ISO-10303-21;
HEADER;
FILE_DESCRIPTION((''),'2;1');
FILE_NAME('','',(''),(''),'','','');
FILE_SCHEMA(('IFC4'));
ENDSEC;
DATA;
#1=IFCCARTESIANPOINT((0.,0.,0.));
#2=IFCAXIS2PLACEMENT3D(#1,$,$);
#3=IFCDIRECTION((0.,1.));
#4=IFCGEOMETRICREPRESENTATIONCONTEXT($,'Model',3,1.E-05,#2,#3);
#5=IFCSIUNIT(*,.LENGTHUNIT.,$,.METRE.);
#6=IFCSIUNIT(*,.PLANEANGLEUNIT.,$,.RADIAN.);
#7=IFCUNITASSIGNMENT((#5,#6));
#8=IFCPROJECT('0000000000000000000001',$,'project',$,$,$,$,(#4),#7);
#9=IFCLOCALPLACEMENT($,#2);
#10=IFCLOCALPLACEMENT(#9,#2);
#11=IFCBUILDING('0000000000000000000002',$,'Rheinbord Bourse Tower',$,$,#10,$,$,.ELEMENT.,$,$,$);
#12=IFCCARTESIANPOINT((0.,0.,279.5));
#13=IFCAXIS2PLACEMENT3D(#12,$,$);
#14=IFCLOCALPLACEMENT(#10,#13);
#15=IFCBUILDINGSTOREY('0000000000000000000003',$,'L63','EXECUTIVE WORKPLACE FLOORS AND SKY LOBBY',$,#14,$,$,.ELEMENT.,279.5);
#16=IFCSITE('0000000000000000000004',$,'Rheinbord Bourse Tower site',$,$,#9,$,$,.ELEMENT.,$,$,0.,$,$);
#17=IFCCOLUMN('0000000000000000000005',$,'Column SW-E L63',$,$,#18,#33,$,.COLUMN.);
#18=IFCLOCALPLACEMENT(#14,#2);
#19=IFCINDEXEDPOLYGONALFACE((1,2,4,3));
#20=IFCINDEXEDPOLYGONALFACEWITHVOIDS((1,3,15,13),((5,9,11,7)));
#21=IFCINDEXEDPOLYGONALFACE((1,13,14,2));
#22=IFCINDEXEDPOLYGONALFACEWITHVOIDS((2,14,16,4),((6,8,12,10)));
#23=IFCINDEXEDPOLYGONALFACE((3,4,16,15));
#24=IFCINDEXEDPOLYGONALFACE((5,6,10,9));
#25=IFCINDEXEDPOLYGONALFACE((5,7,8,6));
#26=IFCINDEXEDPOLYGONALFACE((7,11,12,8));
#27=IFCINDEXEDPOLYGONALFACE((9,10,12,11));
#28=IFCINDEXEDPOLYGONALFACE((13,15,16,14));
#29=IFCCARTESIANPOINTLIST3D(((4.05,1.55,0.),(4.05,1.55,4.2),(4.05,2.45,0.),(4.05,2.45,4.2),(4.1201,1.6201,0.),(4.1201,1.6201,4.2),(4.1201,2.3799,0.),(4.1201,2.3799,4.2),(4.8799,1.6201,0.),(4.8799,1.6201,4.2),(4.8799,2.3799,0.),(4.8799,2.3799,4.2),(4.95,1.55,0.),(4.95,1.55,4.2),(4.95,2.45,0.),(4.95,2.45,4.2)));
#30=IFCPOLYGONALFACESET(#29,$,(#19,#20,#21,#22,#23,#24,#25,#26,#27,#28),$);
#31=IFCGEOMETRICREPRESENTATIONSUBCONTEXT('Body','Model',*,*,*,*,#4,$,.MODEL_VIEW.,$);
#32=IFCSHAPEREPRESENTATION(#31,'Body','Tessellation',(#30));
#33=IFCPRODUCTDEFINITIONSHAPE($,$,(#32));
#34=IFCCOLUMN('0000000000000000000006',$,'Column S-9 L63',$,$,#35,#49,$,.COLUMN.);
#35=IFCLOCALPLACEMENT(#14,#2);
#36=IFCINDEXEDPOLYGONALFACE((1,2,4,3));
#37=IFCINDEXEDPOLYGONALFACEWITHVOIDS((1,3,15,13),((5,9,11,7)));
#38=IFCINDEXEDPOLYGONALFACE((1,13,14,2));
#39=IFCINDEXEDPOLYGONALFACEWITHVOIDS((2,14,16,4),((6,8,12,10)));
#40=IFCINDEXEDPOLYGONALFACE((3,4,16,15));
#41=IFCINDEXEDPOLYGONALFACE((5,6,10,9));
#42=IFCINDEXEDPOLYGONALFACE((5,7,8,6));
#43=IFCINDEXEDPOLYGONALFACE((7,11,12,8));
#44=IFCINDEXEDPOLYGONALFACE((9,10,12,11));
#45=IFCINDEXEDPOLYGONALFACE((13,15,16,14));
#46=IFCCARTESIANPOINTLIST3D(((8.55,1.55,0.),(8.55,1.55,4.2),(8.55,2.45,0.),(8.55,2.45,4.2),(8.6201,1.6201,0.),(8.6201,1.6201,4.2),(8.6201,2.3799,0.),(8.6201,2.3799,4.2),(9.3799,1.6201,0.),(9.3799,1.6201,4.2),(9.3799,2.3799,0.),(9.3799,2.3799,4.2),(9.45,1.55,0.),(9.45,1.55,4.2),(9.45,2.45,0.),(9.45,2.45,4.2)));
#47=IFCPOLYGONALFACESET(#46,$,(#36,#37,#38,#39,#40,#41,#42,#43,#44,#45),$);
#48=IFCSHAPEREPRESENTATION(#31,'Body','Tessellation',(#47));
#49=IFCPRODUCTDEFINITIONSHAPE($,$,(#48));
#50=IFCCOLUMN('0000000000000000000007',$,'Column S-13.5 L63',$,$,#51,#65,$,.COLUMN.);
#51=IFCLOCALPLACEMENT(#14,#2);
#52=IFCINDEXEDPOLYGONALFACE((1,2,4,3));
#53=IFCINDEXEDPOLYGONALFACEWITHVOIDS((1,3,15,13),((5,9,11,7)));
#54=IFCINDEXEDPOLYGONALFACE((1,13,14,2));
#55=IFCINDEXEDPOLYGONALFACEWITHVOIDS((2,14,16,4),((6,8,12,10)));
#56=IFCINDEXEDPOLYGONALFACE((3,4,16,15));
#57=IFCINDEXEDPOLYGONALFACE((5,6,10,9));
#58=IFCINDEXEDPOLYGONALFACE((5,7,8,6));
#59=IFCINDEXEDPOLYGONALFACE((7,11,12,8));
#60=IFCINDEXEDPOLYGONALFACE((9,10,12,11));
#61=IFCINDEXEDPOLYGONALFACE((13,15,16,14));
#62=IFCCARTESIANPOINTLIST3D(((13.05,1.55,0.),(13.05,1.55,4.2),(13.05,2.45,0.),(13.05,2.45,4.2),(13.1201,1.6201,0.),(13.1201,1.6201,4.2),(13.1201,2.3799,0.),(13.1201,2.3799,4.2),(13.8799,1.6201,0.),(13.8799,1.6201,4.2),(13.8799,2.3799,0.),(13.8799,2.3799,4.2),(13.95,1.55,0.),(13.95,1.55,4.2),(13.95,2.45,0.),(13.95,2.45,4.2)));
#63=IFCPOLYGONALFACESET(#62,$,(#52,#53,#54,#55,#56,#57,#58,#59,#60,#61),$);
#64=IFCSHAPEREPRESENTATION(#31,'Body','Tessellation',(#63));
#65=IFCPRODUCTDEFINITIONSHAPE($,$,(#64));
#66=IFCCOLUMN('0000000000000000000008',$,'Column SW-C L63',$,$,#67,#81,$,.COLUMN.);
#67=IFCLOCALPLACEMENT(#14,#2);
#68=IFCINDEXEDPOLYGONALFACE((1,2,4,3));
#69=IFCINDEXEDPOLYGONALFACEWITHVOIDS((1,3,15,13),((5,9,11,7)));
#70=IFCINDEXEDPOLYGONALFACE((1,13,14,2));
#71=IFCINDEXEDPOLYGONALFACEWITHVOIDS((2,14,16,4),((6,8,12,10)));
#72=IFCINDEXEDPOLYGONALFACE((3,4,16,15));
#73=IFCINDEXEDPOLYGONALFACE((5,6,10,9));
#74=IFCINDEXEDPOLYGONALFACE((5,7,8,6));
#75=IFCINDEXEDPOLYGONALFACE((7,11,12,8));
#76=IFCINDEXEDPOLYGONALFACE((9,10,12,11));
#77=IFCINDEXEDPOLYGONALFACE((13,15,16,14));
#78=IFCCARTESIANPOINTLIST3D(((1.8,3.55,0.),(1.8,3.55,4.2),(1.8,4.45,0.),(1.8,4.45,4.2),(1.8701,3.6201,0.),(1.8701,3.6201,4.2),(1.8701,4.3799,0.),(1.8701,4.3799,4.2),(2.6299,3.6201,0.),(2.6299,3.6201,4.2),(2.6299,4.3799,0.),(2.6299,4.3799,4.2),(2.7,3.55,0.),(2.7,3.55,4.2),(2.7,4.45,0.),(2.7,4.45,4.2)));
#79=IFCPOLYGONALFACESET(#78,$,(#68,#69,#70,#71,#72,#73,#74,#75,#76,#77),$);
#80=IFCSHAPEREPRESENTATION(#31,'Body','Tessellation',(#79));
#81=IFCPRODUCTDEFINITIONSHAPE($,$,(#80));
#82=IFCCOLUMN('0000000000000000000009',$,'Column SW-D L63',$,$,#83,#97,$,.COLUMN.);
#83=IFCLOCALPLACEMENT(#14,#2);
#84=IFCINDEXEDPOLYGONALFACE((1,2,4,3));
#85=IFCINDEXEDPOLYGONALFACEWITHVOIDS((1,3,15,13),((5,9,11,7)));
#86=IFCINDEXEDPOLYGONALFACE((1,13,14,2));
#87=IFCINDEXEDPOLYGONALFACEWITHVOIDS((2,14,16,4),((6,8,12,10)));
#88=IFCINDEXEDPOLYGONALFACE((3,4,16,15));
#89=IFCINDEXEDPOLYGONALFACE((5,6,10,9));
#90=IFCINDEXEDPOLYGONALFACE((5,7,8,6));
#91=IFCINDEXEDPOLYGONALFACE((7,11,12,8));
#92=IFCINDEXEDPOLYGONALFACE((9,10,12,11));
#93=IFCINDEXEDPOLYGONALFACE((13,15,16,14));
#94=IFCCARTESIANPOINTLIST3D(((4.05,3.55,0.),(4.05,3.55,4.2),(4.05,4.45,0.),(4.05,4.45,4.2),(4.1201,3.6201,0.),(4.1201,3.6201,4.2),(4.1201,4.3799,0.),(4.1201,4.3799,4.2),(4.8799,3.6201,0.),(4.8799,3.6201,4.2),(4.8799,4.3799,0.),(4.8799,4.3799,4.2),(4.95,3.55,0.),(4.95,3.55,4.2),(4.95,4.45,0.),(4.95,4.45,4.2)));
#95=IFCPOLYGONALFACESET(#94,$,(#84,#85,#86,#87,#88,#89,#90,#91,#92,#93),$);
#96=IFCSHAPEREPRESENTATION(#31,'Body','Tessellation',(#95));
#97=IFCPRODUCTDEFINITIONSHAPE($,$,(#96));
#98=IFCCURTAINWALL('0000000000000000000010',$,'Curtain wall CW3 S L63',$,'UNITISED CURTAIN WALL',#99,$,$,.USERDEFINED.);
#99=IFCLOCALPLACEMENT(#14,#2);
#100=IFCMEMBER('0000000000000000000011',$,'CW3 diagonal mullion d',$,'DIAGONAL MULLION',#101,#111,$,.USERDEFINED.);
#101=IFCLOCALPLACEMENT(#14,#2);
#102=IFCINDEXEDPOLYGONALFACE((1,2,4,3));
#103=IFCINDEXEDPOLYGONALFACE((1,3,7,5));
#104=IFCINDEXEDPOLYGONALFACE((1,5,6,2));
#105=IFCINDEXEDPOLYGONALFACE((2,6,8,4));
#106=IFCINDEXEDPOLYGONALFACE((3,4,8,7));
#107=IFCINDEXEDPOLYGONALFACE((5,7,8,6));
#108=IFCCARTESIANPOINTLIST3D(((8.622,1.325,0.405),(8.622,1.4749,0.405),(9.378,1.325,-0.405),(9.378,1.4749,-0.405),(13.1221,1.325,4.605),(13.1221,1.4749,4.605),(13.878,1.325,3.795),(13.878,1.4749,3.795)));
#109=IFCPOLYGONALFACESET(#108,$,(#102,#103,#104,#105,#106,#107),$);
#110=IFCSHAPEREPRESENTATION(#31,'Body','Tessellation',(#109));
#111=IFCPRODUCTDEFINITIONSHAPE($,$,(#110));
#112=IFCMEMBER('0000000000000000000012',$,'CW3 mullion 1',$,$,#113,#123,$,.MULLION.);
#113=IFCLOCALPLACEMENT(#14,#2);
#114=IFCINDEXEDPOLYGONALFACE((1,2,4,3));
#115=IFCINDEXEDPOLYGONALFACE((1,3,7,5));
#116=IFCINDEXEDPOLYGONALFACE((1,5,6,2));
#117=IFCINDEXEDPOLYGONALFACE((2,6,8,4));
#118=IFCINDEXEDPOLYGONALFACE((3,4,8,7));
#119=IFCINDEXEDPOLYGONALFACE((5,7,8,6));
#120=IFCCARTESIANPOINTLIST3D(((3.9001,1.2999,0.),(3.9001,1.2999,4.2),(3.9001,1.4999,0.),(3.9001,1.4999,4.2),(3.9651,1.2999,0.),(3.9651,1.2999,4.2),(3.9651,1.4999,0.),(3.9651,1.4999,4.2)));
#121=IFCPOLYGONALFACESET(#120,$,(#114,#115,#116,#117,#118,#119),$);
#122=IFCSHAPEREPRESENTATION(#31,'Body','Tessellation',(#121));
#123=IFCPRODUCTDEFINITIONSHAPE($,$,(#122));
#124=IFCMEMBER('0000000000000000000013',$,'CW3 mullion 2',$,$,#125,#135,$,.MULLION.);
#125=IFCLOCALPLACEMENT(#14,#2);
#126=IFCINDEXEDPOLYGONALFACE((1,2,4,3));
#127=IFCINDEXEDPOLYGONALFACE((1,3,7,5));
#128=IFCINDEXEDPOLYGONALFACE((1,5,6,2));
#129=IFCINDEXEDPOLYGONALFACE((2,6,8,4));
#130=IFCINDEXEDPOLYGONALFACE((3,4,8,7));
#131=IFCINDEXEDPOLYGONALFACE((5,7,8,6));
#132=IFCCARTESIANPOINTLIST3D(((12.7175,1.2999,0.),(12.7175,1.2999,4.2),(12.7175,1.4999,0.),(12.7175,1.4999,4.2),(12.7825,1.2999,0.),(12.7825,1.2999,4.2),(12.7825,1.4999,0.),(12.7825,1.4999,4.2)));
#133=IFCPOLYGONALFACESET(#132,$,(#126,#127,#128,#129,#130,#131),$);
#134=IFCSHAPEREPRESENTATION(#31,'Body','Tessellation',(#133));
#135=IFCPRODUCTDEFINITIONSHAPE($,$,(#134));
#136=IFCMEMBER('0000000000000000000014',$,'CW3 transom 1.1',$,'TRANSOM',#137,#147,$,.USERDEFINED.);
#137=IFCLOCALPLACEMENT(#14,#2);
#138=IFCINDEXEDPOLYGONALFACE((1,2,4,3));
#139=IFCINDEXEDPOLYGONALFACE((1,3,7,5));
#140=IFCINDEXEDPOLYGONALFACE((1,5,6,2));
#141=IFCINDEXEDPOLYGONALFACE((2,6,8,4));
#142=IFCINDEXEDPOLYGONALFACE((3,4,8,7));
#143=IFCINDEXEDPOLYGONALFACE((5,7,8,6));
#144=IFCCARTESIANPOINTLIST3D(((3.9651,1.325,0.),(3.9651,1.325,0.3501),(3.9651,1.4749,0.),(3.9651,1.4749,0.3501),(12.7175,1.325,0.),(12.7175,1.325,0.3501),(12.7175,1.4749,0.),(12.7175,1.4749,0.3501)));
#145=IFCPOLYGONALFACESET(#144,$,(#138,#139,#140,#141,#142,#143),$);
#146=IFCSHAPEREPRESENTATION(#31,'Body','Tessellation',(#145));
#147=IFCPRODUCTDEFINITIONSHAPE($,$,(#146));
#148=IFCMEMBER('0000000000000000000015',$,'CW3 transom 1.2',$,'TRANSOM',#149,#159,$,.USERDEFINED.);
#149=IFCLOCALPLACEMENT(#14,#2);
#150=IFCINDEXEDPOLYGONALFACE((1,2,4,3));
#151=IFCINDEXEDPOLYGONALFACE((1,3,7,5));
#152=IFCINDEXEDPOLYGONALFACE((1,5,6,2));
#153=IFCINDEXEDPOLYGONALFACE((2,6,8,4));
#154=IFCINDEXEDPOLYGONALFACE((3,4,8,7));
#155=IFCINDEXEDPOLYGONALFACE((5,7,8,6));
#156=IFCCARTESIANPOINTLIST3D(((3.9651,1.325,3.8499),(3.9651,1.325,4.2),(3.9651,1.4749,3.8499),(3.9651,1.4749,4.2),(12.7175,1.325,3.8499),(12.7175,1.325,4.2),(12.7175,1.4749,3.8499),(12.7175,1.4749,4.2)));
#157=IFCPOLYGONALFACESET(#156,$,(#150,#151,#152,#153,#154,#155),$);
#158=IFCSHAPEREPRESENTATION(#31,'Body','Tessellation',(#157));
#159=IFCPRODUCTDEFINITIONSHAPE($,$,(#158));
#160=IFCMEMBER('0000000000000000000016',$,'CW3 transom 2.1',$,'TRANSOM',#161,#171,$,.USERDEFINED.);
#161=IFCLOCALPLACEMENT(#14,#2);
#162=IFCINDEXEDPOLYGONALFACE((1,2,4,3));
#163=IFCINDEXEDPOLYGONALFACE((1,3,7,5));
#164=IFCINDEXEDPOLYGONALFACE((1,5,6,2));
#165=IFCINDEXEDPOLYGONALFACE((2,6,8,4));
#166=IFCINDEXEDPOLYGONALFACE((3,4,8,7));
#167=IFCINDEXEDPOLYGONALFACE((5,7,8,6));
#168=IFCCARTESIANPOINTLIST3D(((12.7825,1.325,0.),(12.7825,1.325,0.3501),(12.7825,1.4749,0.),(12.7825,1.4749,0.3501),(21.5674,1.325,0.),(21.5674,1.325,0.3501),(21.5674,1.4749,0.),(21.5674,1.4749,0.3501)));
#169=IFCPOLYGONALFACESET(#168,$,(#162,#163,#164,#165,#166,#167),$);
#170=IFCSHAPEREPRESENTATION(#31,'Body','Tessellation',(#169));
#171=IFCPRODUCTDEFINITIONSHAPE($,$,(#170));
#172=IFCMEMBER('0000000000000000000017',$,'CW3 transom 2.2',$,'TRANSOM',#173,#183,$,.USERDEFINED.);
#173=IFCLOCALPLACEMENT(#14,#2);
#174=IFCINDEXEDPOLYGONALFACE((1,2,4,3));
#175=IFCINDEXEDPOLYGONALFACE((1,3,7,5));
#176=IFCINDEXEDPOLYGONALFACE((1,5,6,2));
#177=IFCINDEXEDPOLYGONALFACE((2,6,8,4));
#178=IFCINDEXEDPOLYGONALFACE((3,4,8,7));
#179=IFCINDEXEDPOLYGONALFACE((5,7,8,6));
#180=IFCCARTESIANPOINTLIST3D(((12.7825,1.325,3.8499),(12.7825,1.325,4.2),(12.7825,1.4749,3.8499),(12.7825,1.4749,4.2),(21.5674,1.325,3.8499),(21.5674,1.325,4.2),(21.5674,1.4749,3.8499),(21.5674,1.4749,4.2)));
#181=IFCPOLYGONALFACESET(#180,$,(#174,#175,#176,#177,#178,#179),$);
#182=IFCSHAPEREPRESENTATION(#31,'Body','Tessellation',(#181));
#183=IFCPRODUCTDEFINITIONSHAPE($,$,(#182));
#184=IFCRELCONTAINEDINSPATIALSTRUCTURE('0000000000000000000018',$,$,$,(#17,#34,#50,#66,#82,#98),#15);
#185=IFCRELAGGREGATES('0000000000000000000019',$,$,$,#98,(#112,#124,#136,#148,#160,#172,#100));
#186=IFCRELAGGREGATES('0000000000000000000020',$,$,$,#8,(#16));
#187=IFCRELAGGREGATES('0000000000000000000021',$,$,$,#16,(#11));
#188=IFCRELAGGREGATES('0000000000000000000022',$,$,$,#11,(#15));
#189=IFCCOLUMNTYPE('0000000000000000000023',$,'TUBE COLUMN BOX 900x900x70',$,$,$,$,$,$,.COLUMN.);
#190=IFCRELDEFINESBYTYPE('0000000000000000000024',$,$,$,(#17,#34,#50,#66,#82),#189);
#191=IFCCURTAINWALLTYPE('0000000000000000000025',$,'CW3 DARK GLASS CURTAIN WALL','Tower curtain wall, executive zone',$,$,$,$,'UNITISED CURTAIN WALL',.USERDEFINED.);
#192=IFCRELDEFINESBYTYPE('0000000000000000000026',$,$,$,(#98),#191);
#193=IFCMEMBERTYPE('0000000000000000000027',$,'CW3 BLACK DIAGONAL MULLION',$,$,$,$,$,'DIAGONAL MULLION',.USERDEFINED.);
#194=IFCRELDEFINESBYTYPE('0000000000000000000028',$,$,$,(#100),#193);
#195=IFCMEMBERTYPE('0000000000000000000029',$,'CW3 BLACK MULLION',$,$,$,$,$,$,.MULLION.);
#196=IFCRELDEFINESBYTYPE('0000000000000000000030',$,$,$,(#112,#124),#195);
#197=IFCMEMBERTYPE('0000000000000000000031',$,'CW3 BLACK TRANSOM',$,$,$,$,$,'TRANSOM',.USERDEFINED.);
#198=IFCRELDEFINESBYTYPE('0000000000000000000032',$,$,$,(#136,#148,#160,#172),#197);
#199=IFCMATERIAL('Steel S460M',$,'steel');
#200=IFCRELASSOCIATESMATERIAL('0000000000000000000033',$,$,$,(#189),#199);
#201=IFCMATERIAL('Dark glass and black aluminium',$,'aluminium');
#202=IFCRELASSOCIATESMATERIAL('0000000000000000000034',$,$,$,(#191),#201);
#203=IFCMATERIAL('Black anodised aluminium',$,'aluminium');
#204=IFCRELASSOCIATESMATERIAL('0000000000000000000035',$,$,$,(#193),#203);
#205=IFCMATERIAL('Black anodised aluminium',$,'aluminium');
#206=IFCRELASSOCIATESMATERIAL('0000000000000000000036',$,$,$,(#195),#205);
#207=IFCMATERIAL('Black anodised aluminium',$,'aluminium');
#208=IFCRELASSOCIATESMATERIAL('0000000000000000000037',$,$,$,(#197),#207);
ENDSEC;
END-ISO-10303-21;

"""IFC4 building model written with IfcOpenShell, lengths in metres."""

from ifc_helpers import new_model, si_unit, direction, frame, origin, origin_2d, place, context, subcontext, project, spatial, rectangle, hollow_rectangle, extrude, material, material_profile, profile_set, type_object, element, aggregate, save


model = new_model("IFC4")

# Units and contexts
model_context = context("Model", 3, precision=1e-05, world=origin(), true_north=direction((0.0, 1.0)))
body_context = subcontext(model_context, "Body", "Model", "MODEL_VIEW")
ifc_project = project(units=[si_unit("LENGTHUNIT", "METRE"), si_unit("PLANEANGLEUNIT", "RADIAN")], contexts=[model_context])

# Site, building, storey
site_placement = place(None, origin())
site = spatial("IfcSite", under=ifc_project, at=site_placement, Name="Rheinbord Bourse Tower site", CompositionType="ELEMENT", RefElevation=0.0)
building_placement = place(site_placement, origin())
building = spatial("IfcBuilding", under=site, at=building_placement, Name="Rheinbord Bourse Tower", CompositionType="ELEMENT")
storey_placement = place(building_placement, frame((0.0, 0.0, 279.5)))
storey = spatial("IfcBuildingStorey", under=building, at=storey_placement, Name="L63", Description="EXECUTIVE WORKPLACE FLOORS AND SKY LOBBY", CompositionType="ELEMENT", Elevation=279.5)

# Columns
ifc_material_1 = material(Name="Steel S460M", Category="steel")
ifc_material_profile_1 = material_profile(ifc_material_1, hollow_rectangle(XDim=0.8999, YDim=0.8999, WallThickness=0.0701, at=origin_2d()), Name="BOX 900x900x70")
ifc_profile_set_1 = profile_set([ifc_material_profile_1], Name="Steel S460M")
column_type = type_object("IfcColumnType", Name="TUBE COLUMN BOX 900x900x70", PredefinedType="COLUMN", material=ifc_profile_set_1)
for number, where, z_axis, x_axis, name in (
    (1, (4.5, 2.0, 0.0), (0.0, 0.0, 1.0), (0.0, 1.0, 0.0), "Column SW-E L63"),
    (2, (9.0, 2.0, 0.0), (0.0, 0.0, 1.0), (0.0, 1.0, 0.0), "Column S-9 L63"),
    (3, (13.5, 2.0, 0.0), (0.0, 0.0, 1.0), (0.0, 1.0, 0.0), "Column S-13.5 L63"),
    (4, (2.25, 4.0, 0.0), (0.0, 0.0, 1.0), (1.0, 0.0, 0.0), "Column SW-C L63"),
    (5, (4.5, 4.0, 0.0), (0.0, 0.0, 1.0), (0.0, 1.0, 0.0), "Column SW-D L63"),
):
    element("IfcColumn", number, at=place(storey_placement, frame(where, z_axis=z_axis, x_axis=x_axis)), inside=storey, type_object=column_type, Name=name, PredefinedType="COLUMN", context=body_context, shape_type="SweptSolid", body=[
        extrude(hollow_rectangle(XDim=0.8999, YDim=0.8999, WallThickness=0.0701, at=origin_2d()), origin(), (0.0, 0.0, 1.0), 4.2),
    ])

# Curtain wall, members
ifc_material_2 = material(Name="Dark glass and black aluminium", Category="aluminium")
curtain_wall_type = type_object("IfcCurtainWallType", Name="CW3 DARK GLASS CURTAIN WALL", Description="Tower curtain wall, executive zone", ElementType="UNITISED CURTAIN WALL", PredefinedType="USERDEFINED", material=ifc_material_2)
curtain_wall_placement = place(storey_placement, origin())
curtain_wall = element("IfcCurtainWall", 6, at=curtain_wall_placement, inside=storey, type_object=curtain_wall_type, Name="Curtain wall CW3 S L63", ObjectType="UNITISED CURTAIN WALL", PredefinedType="USERDEFINED")
ifc_material_3 = material(Name="Black anodised aluminium", Category="aluminium")
ifc_material_profile_2 = material_profile(ifc_material_3, rectangle(XDim=0.1499, YDim=1.1079, at=origin_2d()), Name="CW3 DIAGONAL MULLION 1108x150")
ifc_profile_set_2 = profile_set([ifc_material_profile_2], Name="Black anodised aluminium")
member_type_1 = type_object("IfcMemberType", Name="CW3 BLACK DIAGONAL MULLION", ElementType="DIAGONAL MULLION", PredefinedType="USERDEFINED", material=ifc_profile_set_2)
member_1_placement = place(storey_placement, frame((9.0, 1.3999, 0.0), z_axis=(0.731059, 0.0, 0.682314), x_axis=(0.0, 1.0, 0.0)))
member_1 = element("IfcMember", 7, at=member_1_placement, type_object=member_type_1, Name="CW3 diagonal mullion d", ObjectType="DIAGONAL MULLION", PredefinedType="USERDEFINED", context=body_context, shape_type="SweptSolid", body=[
    extrude(rectangle(XDim=0.1499, YDim=1.1079, at=origin_2d()), origin(), (0.0, 0.0, 1.0), 6.1555),
])
ifc_material_4 = material(Name="Black anodised aluminium", Category="aluminium")
ifc_material_profile_3 = material_profile(ifc_material_4, rectangle(XDim=0.2, YDim=0.0649, at=origin_2d()), Name="CW3 MULLION 65x200")
ifc_profile_set_3 = profile_set([ifc_material_profile_3], Name="Black anodised aluminium")
member_type_2 = type_object("IfcMemberType", Name="CW3 BLACK MULLION", PredefinedType="MULLION", material=ifc_profile_set_3)
member_2_placement = place(storey_placement, frame((3.9326, 1.3999, 0.0), z_axis=(0.0, 0.0, 1.0), x_axis=(0.0, 1.0, 0.0)))
member_2 = element("IfcMember", 8, at=member_2_placement, type_object=member_type_2, Name="CW3 mullion 1", PredefinedType="MULLION", context=body_context, shape_type="SweptSolid", body=[
    extrude(rectangle(XDim=0.2, YDim=0.0649, at=origin_2d()), origin(), (0.0, 0.0, 1.0), 4.2),
])
member_3_placement = place(storey_placement, frame((12.75, 1.3999, 0.0), z_axis=(0.0, 0.0, 1.0), x_axis=(0.0, 1.0, 0.0)))
member_3 = element("IfcMember", 9, at=member_3_placement, type_object=member_type_2, Name="CW3 mullion 2", PredefinedType="MULLION", context=body_context, shape_type="SweptSolid", body=[
    extrude(rectangle(XDim=0.2, YDim=0.0649, at=origin_2d()), origin(), (0.0, 0.0, 1.0), 4.2),
])
ifc_material_5 = material(Name="Black anodised aluminium", Category="aluminium")
ifc_material_profile_4 = material_profile(ifc_material_5, rectangle(XDim=0.1499, YDim=0.3501, at=origin_2d()), Name="CW3 TRANSOM 350x150")
ifc_profile_set_4 = profile_set([ifc_material_profile_4], Name="Black anodised aluminium")
member_type_3 = type_object("IfcMemberType", Name="CW3 BLACK TRANSOM", ElementType="TRANSOM", PredefinedType="USERDEFINED", material=ifc_profile_set_4)
member_4_placement = place(storey_placement, frame((3.9651, 1.3999, 0.175), z_axis=(1.0, 0.0, 0.0), x_axis=(0.0, 1.0, 0.0)))
member_4 = element("IfcMember", 10, at=member_4_placement, type_object=member_type_3, Name="CW3 transom 1.1", ObjectType="TRANSOM", PredefinedType="USERDEFINED", context=body_context, shape_type="SweptSolid", body=[
    extrude(rectangle(XDim=0.1499, YDim=0.3501, at=origin_2d()), origin(), (0.0, 0.0, 1.0), 8.7524),
])
member_5_placement = place(storey_placement, frame((3.9651, 1.3999, 4.0249), z_axis=(1.0, 0.0, 0.0), x_axis=(0.0, 1.0, 0.0)))
member_5 = element("IfcMember", 11, at=member_5_placement, type_object=member_type_3, Name="CW3 transom 1.2", ObjectType="TRANSOM", PredefinedType="USERDEFINED", context=body_context, shape_type="SweptSolid", body=[
    extrude(rectangle(XDim=0.1499, YDim=0.3501, at=origin_2d()), origin(), (0.0, 0.0, 1.0), 8.7524),
])
member_6_placement = place(storey_placement, frame((12.7825, 1.3999, 0.175), z_axis=(1.0, 0.0, 0.0), x_axis=(0.0, 1.0, 0.0)))
member_6 = element("IfcMember", 12, at=member_6_placement, type_object=member_type_3, Name="CW3 transom 2.1", ObjectType="TRANSOM", PredefinedType="USERDEFINED", context=body_context, shape_type="SweptSolid", body=[
    extrude(rectangle(XDim=0.1499, YDim=0.3501, at=origin_2d()), origin(), (0.0, 0.0, 1.0), 8.7849),
])
member_7_placement = place(storey_placement, frame((12.7825, 1.3999, 4.0249), z_axis=(1.0, 0.0, 0.0), x_axis=(0.0, 1.0, 0.0)))
member_7 = element("IfcMember", 13, at=member_7_placement, type_object=member_type_3, Name="CW3 transom 2.2", ObjectType="TRANSOM", PredefinedType="USERDEFINED", context=body_context, shape_type="SweptSolid", body=[
    extrude(rectangle(XDim=0.1499, YDim=0.3501, at=origin_2d()), origin(), (0.0, 0.0, 1.0), 8.7849),
])

aggregate(curtain_wall, [member_2, member_3, member_4, member_5, member_6, member_7, member_1])

save(model, "model.ifc")
